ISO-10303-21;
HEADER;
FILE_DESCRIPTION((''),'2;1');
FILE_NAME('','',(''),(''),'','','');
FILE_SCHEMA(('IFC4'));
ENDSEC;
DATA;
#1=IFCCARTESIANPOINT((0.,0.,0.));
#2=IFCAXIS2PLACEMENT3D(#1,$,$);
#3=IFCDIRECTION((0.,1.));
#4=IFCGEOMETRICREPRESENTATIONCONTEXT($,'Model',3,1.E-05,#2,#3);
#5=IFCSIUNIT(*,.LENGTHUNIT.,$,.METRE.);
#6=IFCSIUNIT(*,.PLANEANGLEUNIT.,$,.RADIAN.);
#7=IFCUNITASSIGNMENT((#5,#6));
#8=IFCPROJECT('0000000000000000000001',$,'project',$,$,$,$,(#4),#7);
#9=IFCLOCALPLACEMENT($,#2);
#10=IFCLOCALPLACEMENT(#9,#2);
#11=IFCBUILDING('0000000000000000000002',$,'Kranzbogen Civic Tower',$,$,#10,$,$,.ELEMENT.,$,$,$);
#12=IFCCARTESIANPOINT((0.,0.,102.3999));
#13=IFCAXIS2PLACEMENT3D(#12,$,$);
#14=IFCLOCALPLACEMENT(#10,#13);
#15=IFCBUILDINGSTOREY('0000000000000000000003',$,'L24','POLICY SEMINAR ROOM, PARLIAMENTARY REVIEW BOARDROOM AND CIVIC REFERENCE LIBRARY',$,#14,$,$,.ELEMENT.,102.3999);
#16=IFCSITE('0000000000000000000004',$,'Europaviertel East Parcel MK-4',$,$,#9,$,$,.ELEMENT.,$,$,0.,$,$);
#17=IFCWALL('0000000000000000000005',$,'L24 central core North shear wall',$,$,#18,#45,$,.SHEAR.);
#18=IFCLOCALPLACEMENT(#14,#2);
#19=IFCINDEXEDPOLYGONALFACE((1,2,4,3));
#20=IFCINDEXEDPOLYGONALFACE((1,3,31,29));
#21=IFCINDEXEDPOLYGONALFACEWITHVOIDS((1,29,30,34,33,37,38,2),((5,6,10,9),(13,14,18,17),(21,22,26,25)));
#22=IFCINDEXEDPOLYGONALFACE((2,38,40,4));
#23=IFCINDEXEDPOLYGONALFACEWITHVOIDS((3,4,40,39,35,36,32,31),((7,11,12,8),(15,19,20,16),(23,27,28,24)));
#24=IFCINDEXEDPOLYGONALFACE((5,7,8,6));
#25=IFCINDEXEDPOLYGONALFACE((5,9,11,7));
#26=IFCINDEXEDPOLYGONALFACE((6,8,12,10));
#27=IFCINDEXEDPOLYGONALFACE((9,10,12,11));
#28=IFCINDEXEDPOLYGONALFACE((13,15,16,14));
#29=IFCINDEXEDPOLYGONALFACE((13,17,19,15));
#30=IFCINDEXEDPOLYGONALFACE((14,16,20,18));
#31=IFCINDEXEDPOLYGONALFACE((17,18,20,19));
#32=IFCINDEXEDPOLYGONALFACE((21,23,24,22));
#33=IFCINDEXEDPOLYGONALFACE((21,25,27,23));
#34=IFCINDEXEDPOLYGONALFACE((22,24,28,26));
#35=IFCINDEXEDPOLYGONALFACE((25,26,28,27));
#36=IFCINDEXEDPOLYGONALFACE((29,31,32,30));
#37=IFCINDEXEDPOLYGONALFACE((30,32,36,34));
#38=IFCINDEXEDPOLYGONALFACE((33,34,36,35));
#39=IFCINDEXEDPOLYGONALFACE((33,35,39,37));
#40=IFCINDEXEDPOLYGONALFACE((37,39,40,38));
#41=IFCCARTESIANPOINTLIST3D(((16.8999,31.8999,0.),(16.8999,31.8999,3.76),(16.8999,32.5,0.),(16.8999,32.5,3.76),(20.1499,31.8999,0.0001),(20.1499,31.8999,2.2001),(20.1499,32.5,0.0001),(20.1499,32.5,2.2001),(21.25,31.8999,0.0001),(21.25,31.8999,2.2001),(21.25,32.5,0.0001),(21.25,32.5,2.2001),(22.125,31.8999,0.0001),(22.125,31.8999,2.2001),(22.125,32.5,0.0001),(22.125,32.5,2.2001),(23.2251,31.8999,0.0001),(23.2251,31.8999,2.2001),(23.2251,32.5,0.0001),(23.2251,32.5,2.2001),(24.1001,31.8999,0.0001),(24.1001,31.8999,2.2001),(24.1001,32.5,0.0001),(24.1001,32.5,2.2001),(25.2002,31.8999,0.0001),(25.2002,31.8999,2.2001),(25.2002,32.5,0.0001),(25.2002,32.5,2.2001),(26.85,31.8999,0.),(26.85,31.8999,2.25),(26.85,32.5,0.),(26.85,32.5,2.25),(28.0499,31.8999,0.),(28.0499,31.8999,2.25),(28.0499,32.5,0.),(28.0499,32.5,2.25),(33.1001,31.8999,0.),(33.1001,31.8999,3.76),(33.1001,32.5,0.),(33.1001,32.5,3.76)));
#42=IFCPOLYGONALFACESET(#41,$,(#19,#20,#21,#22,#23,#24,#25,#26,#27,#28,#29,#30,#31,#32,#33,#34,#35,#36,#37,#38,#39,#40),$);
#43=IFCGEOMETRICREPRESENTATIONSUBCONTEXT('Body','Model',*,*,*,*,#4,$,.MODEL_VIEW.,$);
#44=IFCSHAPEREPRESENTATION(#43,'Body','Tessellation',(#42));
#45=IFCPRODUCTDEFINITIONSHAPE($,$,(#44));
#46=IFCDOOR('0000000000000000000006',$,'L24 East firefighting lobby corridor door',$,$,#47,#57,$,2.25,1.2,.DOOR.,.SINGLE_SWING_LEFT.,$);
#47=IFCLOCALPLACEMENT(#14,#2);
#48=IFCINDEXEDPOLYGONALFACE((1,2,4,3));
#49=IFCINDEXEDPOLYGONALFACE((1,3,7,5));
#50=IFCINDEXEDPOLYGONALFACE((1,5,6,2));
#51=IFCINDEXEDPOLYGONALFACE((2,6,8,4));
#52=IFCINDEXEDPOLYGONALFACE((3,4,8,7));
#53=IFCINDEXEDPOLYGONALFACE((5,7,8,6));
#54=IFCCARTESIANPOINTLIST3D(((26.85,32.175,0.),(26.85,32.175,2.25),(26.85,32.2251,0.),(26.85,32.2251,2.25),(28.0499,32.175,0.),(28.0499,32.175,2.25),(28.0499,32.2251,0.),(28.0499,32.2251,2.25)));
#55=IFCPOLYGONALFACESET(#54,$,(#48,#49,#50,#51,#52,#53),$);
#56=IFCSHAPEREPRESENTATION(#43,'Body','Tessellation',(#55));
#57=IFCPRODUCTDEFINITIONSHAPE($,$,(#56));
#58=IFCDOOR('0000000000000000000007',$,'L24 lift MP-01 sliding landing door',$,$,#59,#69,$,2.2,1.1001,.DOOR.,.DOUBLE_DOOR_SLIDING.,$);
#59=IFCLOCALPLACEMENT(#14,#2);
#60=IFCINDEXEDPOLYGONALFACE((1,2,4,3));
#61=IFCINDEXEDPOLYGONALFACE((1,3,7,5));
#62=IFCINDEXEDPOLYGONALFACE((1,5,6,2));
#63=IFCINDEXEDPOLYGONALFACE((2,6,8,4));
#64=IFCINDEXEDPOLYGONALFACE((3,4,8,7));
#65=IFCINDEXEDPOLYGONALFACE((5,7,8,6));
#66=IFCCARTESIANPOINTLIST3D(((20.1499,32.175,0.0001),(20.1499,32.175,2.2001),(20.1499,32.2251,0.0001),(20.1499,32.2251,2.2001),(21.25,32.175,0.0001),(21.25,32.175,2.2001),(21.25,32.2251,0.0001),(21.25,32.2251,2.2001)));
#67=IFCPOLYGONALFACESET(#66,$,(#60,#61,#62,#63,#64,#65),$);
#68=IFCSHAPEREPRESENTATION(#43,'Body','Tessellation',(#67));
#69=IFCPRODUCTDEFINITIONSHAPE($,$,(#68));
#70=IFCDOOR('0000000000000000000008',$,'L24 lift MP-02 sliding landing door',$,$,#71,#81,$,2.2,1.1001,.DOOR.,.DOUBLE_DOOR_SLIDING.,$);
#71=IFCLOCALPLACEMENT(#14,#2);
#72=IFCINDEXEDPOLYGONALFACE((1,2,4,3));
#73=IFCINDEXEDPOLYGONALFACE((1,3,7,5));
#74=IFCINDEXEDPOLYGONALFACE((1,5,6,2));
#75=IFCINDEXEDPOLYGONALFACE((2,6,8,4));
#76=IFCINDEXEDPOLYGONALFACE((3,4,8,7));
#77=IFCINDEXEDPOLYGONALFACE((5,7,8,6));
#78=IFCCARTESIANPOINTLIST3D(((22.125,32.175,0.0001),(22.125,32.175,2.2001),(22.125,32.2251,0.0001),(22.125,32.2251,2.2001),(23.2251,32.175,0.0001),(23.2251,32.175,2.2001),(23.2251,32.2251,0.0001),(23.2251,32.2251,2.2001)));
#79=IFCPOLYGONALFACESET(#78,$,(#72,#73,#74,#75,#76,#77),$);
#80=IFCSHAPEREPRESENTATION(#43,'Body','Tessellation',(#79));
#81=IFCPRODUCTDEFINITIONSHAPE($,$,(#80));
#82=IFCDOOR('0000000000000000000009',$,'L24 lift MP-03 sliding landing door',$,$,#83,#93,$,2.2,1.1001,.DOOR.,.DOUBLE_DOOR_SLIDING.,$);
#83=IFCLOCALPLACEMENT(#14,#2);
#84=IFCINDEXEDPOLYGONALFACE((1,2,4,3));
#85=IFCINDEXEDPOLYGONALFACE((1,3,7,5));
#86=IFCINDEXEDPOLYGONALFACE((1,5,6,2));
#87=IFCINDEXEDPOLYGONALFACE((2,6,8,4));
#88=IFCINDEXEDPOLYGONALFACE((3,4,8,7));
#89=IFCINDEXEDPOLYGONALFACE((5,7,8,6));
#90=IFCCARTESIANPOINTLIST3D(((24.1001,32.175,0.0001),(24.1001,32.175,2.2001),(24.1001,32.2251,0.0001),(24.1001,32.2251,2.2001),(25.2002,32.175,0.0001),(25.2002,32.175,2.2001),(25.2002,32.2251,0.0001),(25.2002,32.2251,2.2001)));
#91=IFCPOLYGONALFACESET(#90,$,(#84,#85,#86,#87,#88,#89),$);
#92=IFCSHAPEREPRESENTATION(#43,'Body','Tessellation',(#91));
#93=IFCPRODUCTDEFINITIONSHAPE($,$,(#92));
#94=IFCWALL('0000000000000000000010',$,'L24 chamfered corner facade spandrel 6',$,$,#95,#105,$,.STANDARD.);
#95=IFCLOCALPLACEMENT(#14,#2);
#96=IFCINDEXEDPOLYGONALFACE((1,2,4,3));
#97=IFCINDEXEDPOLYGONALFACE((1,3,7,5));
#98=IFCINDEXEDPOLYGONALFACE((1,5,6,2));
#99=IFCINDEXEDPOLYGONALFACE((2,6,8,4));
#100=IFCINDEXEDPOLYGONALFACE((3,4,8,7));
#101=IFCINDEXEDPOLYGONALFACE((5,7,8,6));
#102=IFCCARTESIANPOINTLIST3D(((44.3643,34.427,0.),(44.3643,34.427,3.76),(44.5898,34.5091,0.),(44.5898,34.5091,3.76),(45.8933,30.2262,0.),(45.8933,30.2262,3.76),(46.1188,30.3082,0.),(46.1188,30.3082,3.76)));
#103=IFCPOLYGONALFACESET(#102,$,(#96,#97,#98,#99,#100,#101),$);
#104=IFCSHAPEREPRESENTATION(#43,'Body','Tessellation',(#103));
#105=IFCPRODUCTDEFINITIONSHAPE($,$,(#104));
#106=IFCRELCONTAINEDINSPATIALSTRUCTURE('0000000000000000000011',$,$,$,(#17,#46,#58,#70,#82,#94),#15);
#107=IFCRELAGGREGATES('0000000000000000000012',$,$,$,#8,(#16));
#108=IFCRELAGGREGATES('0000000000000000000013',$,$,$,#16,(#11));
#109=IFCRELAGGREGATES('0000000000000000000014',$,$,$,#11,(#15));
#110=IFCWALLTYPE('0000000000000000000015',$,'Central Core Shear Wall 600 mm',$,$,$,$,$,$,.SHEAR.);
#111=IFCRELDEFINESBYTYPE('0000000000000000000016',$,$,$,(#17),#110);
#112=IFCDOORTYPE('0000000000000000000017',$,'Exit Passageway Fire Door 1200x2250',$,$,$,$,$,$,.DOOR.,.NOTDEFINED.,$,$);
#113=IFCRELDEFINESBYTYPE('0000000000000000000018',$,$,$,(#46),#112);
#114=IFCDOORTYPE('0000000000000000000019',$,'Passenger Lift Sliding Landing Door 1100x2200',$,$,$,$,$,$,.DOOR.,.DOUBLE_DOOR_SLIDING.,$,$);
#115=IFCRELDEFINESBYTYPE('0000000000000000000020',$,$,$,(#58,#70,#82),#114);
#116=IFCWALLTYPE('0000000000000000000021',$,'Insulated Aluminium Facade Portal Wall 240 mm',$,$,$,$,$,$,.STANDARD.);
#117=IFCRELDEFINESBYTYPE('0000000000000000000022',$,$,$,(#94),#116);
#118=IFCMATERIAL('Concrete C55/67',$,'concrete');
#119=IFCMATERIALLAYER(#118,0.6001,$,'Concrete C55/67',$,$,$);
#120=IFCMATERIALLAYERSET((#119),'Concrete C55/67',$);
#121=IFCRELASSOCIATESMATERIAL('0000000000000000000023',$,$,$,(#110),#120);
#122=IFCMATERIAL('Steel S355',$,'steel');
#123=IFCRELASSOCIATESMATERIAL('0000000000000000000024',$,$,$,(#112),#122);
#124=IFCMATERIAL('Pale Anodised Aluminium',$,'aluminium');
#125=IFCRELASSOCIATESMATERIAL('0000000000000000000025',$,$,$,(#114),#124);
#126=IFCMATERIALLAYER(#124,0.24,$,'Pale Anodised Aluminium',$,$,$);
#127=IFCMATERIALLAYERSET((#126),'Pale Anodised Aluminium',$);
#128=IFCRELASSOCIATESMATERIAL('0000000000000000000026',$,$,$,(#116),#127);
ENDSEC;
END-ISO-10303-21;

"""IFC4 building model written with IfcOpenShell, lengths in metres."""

from ifc_helpers import new_model, si_unit, direction, frame, frame_2d, origin, place, context, subcontext, project, spatial, rectangle, extrude, material, layer, layer_set, type_object, element, fill, save


model = new_model("IFC4")

# Units and contexts
model_context = context("Model", 3, precision=1e-05, world=origin(), true_north=direction((0.0, 1.0)))
body_context = subcontext(model_context, "Body", "Model", "MODEL_VIEW")
ifc_project = project(units=[si_unit("LENGTHUNIT", "METRE"), si_unit("PLANEANGLEUNIT", "RADIAN")], contexts=[model_context])

# Site, building, storey
site_placement = place(None, origin())
site = spatial("IfcSite", under=ifc_project, at=site_placement, Name="Europaviertel East Parcel MK-4", CompositionType="ELEMENT", RefElevation=0.0)
building_placement = place(site_placement, origin())
building = spatial("IfcBuilding", under=site, at=building_placement, Name="Kranzbogen Civic Tower", CompositionType="ELEMENT")
storey_placement = place(building_placement, frame((0.0, 0.0, 102.3999)))
storey = spatial("IfcBuildingStorey", under=building, at=storey_placement, Name="L24", Description="POLICY SEMINAR ROOM, PARLIAMENTARY REVIEW BOARDROOM AND CIVIC REFERENCE LIBRARY", CompositionType="ELEMENT", Elevation=102.3999)

# Shared definitions
ifc_material_1 = material(Name="Steel S355", Category="steel")

# Shared definitions
ifc_material_2 = material(Name="Pale Anodised Aluminium", Category="aluminium")

# Wall, openings, doors
ifc_material_3 = material(Name="Concrete C55/67", Category="concrete")
ifc_layer_1 = layer(ifc_material_3, 0.6001, Name="Concrete C55/67")
ifc_layer_set_1 = layer_set([ifc_layer_1], Name="Concrete C55/67")
wall_type_1 = type_object("IfcWallType", Name="Central Core Shear Wall 600 mm", PredefinedType="SHEAR", material=ifc_layer_set_1)
wall_1_placement = place(storey_placement, frame((33.1001, 32.2, 0.0), z_axis=(0.0, 0.0, 1.0), x_axis=(-1.0, 0.0, 0.0)))
wall_1 = element("IfcWall", 1, at=wall_1_placement, inside=storey, type_object=wall_type_1, Name="L24 central core North shear wall", PredefinedType="SHEAR", context=body_context, shape_type="SweptSolid", body=[
    extrude(rectangle(XDim=16.2002, YDim=0.6001, at=frame_2d((8.1001, 0.0))), origin(), (0.0, 0.0, 1.0), 3.76),
])
opening_1_placement = place(wall_1_placement, frame((5.05, 0.0, 0.0)))
opening_1 = element("IfcOpeningElement", 2, at=opening_1_placement, cuts=wall_1, PredefinedType="OPENING", context=body_context, shape_type="SweptSolid", body=[
    extrude(rectangle(XDim=1.2, YDim=2.25, at=frame_2d((0.6001, 1.125))), frame((0.0, 0.3101, 0.0), z_axis=(0.0, -1.0, 0.0), x_axis=(1.0, 0.0, 0.0)), (0.0, 0.0, 1.0), 0.6201),
])
opening_2_placement = place(wall_1_placement, frame((11.8501, 0.0, 0.0)))
opening_2 = element("IfcOpeningElement", 3, at=opening_2_placement, cuts=wall_1, PredefinedType="OPENING", context=body_context, shape_type="SweptSolid", body=[
    extrude(rectangle(XDim=1.1001, YDim=2.2, at=frame_2d((0.55, 1.1001))), frame((0.0, 0.3101, 0.0), z_axis=(0.0, -1.0, 0.0), x_axis=(1.0, 0.0, 0.0)), (0.0, 0.0, 1.0), 0.6201),
])
opening_3_placement = place(wall_1_placement, frame((9.875, 0.0, 0.0)))
opening_3 = element("IfcOpeningElement", 4, at=opening_3_placement, cuts=wall_1, PredefinedType="OPENING", context=body_context, shape_type="SweptSolid", body=[
    extrude(rectangle(XDim=1.1001, YDim=2.2, at=frame_2d((0.55, 1.1001))), frame((0.0, 0.3101, 0.0), z_axis=(0.0, -1.0, 0.0), x_axis=(1.0, 0.0, 0.0)), (0.0, 0.0, 1.0), 0.6201),
])
opening_4_placement = place(wall_1_placement, frame((7.8999, 0.0, 0.0)))
opening_4 = element("IfcOpeningElement", 5, at=opening_4_placement, cuts=wall_1, PredefinedType="OPENING", context=body_context, shape_type="SweptSolid", body=[
    extrude(rectangle(XDim=1.1001, YDim=2.2, at=frame_2d((0.55, 1.1001))), frame((0.0, 0.3101, 0.0), z_axis=(0.0, -1.0, 0.0), x_axis=(1.0, 0.0, 0.0)), (0.0, 0.0, 1.0), 0.6201),
])
door_type_1 = type_object("IfcDoorType", Name="Exit Passageway Fire Door 1200x2250", OperationType="NOTDEFINED", PredefinedType="DOOR", material=ifc_material_1)
door_1_placement = place(opening_1_placement, origin())
door_1 = element("IfcDoor", 6, at=door_1_placement, inside=storey, type_object=door_type_1, Name="L24 East firefighting lobby corridor door", OperationType="SINGLE_SWING_LEFT", OverallHeight=2.25, OverallWidth=1.2, PredefinedType="DOOR", context=body_context, shape_type="SweptSolid", body=[
    extrude(rectangle(XDim=1.2, YDim=2.25, at=frame_2d((0.6001, 1.125))), frame((0.0, 0.0249, 0.0), z_axis=(0.0, -1.0, 0.0), x_axis=(1.0, 0.0, 0.0)), (0.0, 0.0, 1.0), 0.05),
])
fill(opening_1, door_1)
door_type_2 = type_object("IfcDoorType", Name="Passenger Lift Sliding Landing Door 1100x2200", OperationType="DOUBLE_DOOR_SLIDING", PredefinedType="DOOR", material=ifc_material_2)
door_2_placement = place(opening_2_placement, origin())
door_2 = element("IfcDoor", 7, at=door_2_placement, inside=storey, type_object=door_type_2, Name="L24 lift MP-01 sliding landing door", OperationType="DOUBLE_DOOR_SLIDING", OverallHeight=2.2, OverallWidth=1.1001, PredefinedType="DOOR", context=body_context, shape_type="SweptSolid", body=[
    extrude(rectangle(XDim=1.1001, YDim=2.2, at=frame_2d((0.55, 1.1001))), frame((0.0, 0.0249, 0.0), z_axis=(0.0, -1.0, 0.0), x_axis=(1.0, 0.0, 0.0)), (0.0, 0.0, 1.0), 0.05),
])
fill(opening_2, door_2)
door_3_placement = place(opening_3_placement, origin())
door_3 = element("IfcDoor", 8, at=door_3_placement, inside=storey, type_object=door_type_2, Name="L24 lift MP-02 sliding landing door", OperationType="DOUBLE_DOOR_SLIDING", OverallHeight=2.2, OverallWidth=1.1001, PredefinedType="DOOR", context=body_context, shape_type="SweptSolid", body=[
    extrude(rectangle(XDim=1.1001, YDim=2.2, at=frame_2d((0.55, 1.1001))), frame((0.0, 0.0249, 0.0), z_axis=(0.0, -1.0, 0.0), x_axis=(1.0, 0.0, 0.0)), (0.0, 0.0, 1.0), 0.05),
])
fill(opening_3, door_3)
door_4_placement = place(opening_4_placement, origin())
door_4 = element("IfcDoor", 9, at=door_4_placement, inside=storey, type_object=door_type_2, Name="L24 lift MP-03 sliding landing door", OperationType="DOUBLE_DOOR_SLIDING", OverallHeight=2.2, OverallWidth=1.1001, PredefinedType="DOOR", context=body_context, shape_type="SweptSolid", body=[
    extrude(rectangle(XDim=1.1001, YDim=2.2, at=frame_2d((0.55, 1.1001))), frame((0.0, 0.0249, 0.0), z_axis=(0.0, -1.0, 0.0), x_axis=(1.0, 0.0, 0.0)), (0.0, 0.0, 1.0), 0.05),
])
fill(opening_4, door_4)

# Wall
ifc_layer_2 = layer(ifc_material_2, 0.24, Name="Pale Anodised Aluminium")
ifc_layer_set_2 = layer_set([ifc_layer_2], Name="Pale Anodised Aluminium")
wall_type_2 = type_object("IfcWallType", Name="Insulated Aluminium Facade Portal Wall 240 mm", PredefinedType="STANDARD", material=ifc_layer_set_2)
wall_2_placement = place(storey_placement, frame((46.0061, 30.2671, 0.0), z_axis=(0.0, 0.0, 1.0), x_axis=(-0.342028, 0.93969, 0.0)))
element("IfcWall", 10, at=wall_2_placement, inside=storey, type_object=wall_type_2, Name="L24 chamfered corner facade spandrel 6", PredefinedType="STANDARD", context=body_context, shape_type="SweptSolid", body=[
    extrude(rectangle(XDim=4.4705, YDim=0.24, at=frame_2d((2.2354, 0.0))), origin(), (0.0, 0.0, 1.0), 3.76),
])

save(model, "model.ifc")
